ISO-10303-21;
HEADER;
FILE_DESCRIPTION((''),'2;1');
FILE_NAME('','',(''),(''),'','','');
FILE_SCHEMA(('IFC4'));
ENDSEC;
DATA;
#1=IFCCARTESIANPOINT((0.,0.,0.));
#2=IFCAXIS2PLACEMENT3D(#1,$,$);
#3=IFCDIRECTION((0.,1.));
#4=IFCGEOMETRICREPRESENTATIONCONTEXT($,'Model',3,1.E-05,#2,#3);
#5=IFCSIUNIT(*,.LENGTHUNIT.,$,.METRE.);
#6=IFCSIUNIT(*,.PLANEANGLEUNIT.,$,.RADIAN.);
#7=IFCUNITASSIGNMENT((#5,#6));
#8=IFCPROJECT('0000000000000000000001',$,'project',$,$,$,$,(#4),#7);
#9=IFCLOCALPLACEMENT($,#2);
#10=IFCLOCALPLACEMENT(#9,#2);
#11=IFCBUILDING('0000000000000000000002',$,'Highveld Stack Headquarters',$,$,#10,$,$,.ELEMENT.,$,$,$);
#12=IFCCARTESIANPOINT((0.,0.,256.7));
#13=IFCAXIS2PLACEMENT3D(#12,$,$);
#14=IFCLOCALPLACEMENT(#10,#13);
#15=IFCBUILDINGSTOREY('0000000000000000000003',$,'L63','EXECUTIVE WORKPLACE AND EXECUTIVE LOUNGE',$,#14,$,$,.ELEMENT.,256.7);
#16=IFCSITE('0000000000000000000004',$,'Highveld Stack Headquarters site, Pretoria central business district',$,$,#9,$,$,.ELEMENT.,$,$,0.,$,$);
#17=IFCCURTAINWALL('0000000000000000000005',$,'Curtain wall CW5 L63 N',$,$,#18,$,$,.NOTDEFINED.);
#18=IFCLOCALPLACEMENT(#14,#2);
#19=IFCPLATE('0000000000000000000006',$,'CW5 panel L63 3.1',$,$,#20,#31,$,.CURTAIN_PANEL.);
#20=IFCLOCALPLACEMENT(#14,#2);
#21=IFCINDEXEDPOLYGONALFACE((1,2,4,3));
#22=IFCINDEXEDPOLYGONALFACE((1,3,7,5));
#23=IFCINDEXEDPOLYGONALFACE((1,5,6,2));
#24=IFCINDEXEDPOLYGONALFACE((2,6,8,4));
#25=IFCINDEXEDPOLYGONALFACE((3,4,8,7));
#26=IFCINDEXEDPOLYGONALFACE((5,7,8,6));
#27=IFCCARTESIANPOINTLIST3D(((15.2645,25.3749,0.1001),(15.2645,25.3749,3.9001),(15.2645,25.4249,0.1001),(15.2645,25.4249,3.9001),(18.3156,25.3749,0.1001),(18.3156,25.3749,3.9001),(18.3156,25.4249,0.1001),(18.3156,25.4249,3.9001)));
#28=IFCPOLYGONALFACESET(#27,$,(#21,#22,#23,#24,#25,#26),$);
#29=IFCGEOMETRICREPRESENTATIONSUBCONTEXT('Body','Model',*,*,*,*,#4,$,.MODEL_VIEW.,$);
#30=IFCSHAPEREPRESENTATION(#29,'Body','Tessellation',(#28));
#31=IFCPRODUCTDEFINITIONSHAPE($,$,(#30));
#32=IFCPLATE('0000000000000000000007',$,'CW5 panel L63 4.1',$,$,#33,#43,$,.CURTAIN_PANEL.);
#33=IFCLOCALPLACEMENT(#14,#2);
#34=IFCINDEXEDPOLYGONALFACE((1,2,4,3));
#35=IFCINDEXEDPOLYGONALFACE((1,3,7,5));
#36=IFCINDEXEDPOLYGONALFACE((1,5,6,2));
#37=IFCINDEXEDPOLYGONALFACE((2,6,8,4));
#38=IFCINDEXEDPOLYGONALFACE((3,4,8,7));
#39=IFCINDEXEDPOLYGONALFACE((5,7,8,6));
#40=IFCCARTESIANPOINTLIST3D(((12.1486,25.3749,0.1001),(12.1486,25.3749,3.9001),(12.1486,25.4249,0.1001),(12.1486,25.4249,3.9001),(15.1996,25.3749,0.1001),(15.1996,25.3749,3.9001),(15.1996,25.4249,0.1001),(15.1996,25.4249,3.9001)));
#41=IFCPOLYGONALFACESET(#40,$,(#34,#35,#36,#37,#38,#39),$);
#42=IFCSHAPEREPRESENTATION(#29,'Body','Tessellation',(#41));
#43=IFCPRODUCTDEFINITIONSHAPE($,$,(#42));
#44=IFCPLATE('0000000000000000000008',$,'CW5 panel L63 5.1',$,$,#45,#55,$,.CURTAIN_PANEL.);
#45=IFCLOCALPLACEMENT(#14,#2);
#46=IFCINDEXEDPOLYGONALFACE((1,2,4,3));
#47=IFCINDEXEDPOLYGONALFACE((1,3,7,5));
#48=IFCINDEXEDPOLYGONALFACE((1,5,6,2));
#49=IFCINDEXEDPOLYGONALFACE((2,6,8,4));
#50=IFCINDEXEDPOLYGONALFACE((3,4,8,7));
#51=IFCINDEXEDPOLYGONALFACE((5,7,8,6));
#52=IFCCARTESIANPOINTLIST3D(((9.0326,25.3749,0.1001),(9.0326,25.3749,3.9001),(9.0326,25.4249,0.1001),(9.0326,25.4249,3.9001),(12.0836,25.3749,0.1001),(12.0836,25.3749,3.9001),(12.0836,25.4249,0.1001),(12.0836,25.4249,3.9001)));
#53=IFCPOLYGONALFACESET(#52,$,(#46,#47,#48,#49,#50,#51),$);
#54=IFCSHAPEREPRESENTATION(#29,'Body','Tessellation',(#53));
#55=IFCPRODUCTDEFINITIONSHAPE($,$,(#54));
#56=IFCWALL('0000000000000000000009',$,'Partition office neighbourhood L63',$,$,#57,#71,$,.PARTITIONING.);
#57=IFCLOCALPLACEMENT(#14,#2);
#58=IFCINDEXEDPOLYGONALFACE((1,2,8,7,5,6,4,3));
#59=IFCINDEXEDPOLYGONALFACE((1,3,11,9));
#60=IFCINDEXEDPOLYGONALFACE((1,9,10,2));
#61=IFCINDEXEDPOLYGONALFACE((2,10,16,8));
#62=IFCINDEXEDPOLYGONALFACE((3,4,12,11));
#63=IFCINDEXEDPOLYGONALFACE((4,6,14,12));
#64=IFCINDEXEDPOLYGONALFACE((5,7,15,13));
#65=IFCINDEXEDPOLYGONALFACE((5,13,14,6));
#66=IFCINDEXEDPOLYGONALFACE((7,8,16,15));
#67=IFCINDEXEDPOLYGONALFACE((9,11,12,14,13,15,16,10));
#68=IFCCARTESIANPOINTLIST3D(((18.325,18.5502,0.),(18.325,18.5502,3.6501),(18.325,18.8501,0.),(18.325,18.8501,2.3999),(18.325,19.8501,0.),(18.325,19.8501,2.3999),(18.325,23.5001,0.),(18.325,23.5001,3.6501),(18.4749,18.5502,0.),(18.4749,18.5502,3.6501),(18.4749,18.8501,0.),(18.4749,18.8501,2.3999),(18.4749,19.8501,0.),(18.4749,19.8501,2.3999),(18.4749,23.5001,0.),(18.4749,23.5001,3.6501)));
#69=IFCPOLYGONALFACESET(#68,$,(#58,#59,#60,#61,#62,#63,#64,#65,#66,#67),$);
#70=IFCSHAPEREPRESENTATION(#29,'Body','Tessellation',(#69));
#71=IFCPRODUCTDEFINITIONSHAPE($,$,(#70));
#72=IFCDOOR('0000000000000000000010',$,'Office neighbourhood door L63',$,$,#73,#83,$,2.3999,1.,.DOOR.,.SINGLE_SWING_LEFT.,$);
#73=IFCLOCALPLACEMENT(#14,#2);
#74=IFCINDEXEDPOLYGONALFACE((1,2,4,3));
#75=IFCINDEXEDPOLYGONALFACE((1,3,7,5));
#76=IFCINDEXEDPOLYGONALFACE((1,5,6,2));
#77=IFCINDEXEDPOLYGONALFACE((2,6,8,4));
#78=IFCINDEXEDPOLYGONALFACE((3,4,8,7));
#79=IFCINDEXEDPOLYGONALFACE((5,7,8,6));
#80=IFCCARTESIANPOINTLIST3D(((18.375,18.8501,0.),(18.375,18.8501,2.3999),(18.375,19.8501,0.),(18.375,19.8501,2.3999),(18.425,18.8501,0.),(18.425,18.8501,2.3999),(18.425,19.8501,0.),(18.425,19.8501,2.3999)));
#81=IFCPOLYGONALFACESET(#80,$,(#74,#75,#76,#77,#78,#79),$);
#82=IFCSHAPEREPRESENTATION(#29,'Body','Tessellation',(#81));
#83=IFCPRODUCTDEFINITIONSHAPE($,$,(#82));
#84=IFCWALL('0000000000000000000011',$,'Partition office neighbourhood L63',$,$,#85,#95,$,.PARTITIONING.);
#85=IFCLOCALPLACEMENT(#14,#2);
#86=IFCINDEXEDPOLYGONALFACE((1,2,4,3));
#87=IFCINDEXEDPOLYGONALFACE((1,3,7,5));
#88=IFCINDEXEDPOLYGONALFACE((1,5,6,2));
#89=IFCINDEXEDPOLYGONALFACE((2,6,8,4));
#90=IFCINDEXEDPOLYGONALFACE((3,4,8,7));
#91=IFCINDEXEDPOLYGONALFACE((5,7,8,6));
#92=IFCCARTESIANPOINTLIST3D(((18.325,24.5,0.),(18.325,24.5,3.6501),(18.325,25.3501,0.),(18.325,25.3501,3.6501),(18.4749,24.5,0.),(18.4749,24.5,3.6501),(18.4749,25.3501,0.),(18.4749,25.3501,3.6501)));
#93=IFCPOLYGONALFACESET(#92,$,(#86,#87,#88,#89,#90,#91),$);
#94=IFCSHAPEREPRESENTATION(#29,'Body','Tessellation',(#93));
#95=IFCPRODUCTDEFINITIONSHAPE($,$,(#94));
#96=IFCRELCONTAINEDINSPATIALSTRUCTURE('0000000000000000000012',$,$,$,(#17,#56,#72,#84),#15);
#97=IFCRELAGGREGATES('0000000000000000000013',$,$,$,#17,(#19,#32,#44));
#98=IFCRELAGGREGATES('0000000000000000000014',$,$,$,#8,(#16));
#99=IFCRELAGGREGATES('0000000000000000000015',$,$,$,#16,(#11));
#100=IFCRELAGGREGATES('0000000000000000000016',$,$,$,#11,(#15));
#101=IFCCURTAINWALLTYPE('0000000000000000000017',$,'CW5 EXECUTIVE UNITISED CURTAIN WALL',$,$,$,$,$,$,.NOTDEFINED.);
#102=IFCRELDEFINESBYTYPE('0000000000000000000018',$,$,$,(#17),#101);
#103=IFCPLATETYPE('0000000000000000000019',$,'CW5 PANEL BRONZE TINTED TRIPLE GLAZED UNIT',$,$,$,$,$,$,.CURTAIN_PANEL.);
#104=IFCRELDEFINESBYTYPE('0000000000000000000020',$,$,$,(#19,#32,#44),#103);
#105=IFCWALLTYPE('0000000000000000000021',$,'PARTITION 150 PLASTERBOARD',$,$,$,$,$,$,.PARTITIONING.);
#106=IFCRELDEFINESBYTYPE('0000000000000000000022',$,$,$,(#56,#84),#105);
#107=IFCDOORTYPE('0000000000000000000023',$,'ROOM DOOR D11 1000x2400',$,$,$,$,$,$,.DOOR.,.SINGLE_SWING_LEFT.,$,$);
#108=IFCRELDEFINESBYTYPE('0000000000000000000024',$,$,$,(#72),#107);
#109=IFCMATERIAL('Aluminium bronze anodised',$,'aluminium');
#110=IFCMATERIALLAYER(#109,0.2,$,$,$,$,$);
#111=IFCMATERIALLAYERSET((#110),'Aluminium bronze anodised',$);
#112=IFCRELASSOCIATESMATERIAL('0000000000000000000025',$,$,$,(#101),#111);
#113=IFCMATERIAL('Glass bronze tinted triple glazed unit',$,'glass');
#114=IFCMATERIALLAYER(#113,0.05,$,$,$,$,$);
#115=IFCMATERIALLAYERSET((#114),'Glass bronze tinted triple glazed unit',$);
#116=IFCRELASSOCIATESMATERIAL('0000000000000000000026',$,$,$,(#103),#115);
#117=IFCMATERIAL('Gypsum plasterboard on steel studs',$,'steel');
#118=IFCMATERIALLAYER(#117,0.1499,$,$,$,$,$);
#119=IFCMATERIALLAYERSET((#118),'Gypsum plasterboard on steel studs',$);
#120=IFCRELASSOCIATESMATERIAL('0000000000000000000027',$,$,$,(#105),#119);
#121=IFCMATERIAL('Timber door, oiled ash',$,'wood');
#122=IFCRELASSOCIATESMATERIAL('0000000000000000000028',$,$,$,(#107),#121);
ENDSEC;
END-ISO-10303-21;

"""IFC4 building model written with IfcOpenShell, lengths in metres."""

from ifc_helpers import new_model, si_unit, direction, frame, frame_2d, origin, origin_2d, place, context, subcontext, project, spatial, rectangle, extrude, material, layer, layer_set, type_object, element, fill, aggregate, save


model = new_model("IFC4")

# Units and contexts
model_context = context("Model", 3, precision=1e-05, world=origin(), true_north=direction((0.0, 1.0)))
body_context = subcontext(model_context, "Body", "Model", "MODEL_VIEW")
ifc_project = project(units=[si_unit("LENGTHUNIT", "METRE"), si_unit("PLANEANGLEUNIT", "RADIAN")], contexts=[model_context])

# Site, building, storey
site_placement = place(None, origin())
site = spatial("IfcSite", under=ifc_project, at=site_placement, Name="Highveld Stack Headquarters site, Pretoria central business district", CompositionType="ELEMENT", RefElevation=0.0)
building_placement = place(site_placement, origin())
building = spatial("IfcBuilding", under=site, at=building_placement, Name="Highveld Stack Headquarters", CompositionType="ELEMENT")
storey_placement = place(building_placement, frame((0.0, 0.0, 256.7)))
storey = spatial("IfcBuildingStorey", under=building, at=storey_placement, Name="L63", Description="EXECUTIVE WORKPLACE AND EXECUTIVE LOUNGE", CompositionType="ELEMENT", Elevation=256.7)

# Curtain wall, plates
ifc_material_1 = material(Name="Aluminium bronze anodised", Category="aluminium")
ifc_layer_1 = layer(ifc_material_1, 0.2)
ifc_layer_set_1 = layer_set([ifc_layer_1], Name="Aluminium bronze anodised")
curtain_wall_type = type_object("IfcCurtainWallType", Name="CW5 EXECUTIVE UNITISED CURTAIN WALL", PredefinedType="NOTDEFINED", material=ifc_layer_set_1)
curtain_wall_placement = place(storey_placement, origin())
curtain_wall = element("IfcCurtainWall", 1, at=curtain_wall_placement, inside=storey, type_object=curtain_wall_type, Name="Curtain wall CW5 L63 N", PredefinedType="NOTDEFINED")
ifc_material_2 = material(Name="Glass bronze tinted triple glazed unit", Category="glass")
ifc_layer_2 = layer(ifc_material_2, 0.05)
ifc_layer_set_2 = layer_set([ifc_layer_2], Name="Glass bronze tinted triple glazed unit")
plate_type = type_object("IfcPlateType", Name="CW5 PANEL BRONZE TINTED TRIPLE GLAZED UNIT", PredefinedType="CURTAIN_PANEL", material=ifc_layer_set_2)
plate_1_placement = place(storey_placement, frame((16.79, 25.3999, 0.1001), z_axis=(0.0, 0.0, 1.0), x_axis=(-1.0, 0.0, 0.0)))
plate_1 = element("IfcPlate", 2, at=plate_1_placement, type_object=plate_type, Name="CW5 panel L63 3.1", PredefinedType="CURTAIN_PANEL", context=body_context, shape_type="SweptSolid", body=[
    extrude(rectangle(XDim=3.051, YDim=0.05, at=origin_2d()), origin(), (0.0, 0.0, 1.0), 3.8),
])
plate_2_placement = place(storey_placement, frame((13.6741, 25.3999, 0.1001), z_axis=(0.0, 0.0, 1.0), x_axis=(-1.0, 0.0, 0.0)))
plate_2 = element("IfcPlate", 3, at=plate_2_placement, type_object=plate_type, Name="CW5 panel L63 4.1", PredefinedType="CURTAIN_PANEL", context=body_context, shape_type="SweptSolid", body=[
    extrude(rectangle(XDim=3.051, YDim=0.05, at=origin_2d()), origin(), (0.0, 0.0, 1.0), 3.8),
])
plate_3_placement = place(storey_placement, frame((10.5581, 25.3999, 0.1001), z_axis=(0.0, 0.0, 1.0), x_axis=(-1.0, 0.0, 0.0)))
plate_3 = element("IfcPlate", 4, at=plate_3_placement, type_object=plate_type, Name="CW5 panel L63 5.1", PredefinedType="CURTAIN_PANEL", context=body_context, shape_type="SweptSolid", body=[
    extrude(rectangle(XDim=3.051, YDim=0.05, at=origin_2d()), origin(), (0.0, 0.0, 1.0), 3.8),
])
aggregate(curtain_wall, [plate_1, plate_2, plate_3])

# Wall, opening, door
ifc_material_3 = material(Name="Gypsum plasterboard on steel studs", Category="steel")
ifc_layer_3 = layer(ifc_material_3, 0.1499)
ifc_layer_set_3 = layer_set([ifc_layer_3], Name="Gypsum plasterboard on steel studs")
wall_type = type_object("IfcWallType", Name="PARTITION 150 PLASTERBOARD", PredefinedType="PARTITIONING", material=ifc_layer_set_3)
wall_1_placement = place(storey_placement, frame((18.3999, 18.55, 0.0), z_axis=(0.0, 0.0, 1.0), x_axis=(0.0, 1.0, 0.0)))
wall_1 = element("IfcWall", 5, at=wall_1_placement, inside=storey, type_object=wall_type, Name="Partition office neighbourhood L63", PredefinedType="PARTITIONING", context=body_context, shape_type="SweptSolid", body=[
    extrude(rectangle(XDim=4.95, YDim=0.1499, at=frame_2d((2.4751, 0.0))), origin(), (0.0, 0.0, 1.0), 3.6501),
])
opening_placement = place(wall_1_placement, frame((0.3, 0.0, 0.0)))
opening = element("IfcOpeningElement", 6, at=opening_placement, cuts=wall_1, PredefinedType="OPENING", context=body_context, shape_type="SweptSolid", body=[
    extrude(rectangle(XDim=1.0, YDim=2.3999, at=frame_2d((0.5, 1.2))), frame((0.0, 0.085, 0.0), z_axis=(0.0, -1.0, 0.0), x_axis=(1.0, 0.0, 0.0)), (0.0, 0.0, 1.0), 0.1699),
])
ifc_material_4 = material(Name="Timber door, oiled ash", Category="wood")
door_type = type_object("IfcDoorType", Name="ROOM DOOR D11 1000x2400", OperationType="SINGLE_SWING_LEFT", PredefinedType="DOOR", material=ifc_material_4)
door_placement = place(opening_placement, origin())
door = element("IfcDoor", 7, at=door_placement, inside=storey, type_object=door_type, Name="Office neighbourhood door L63", OperationType="SINGLE_SWING_LEFT", OverallHeight=2.3999, OverallWidth=1.0, PredefinedType="DOOR", context=body_context, shape_type="SweptSolid", body=[
    extrude(rectangle(XDim=1.0, YDim=2.3999, at=frame_2d((0.5, 1.2))), frame((0.0, 0.0249, 0.0), z_axis=(0.0, -1.0, 0.0), x_axis=(1.0, 0.0, 0.0)), (0.0, 0.0, 1.0), 0.05),
])
fill(opening, door)

# Wall
wall_2_placement = place(storey_placement, frame((18.3999, 24.5, 0.0), z_axis=(0.0, 0.0, 1.0), x_axis=(0.0, 1.0, 0.0)))
element("IfcWall", 8, at=wall_2_placement, inside=storey, type_object=wall_type, Name="Partition office neighbourhood L63", PredefinedType="PARTITIONING", context=body_context, shape_type="SweptSolid", body=[
    extrude(rectangle(XDim=0.8501, YDim=0.1499, at=frame_2d((0.425, 0.0))), origin(), (0.0, 0.0, 1.0), 3.6501),
])

save(model, "model.ifc")
